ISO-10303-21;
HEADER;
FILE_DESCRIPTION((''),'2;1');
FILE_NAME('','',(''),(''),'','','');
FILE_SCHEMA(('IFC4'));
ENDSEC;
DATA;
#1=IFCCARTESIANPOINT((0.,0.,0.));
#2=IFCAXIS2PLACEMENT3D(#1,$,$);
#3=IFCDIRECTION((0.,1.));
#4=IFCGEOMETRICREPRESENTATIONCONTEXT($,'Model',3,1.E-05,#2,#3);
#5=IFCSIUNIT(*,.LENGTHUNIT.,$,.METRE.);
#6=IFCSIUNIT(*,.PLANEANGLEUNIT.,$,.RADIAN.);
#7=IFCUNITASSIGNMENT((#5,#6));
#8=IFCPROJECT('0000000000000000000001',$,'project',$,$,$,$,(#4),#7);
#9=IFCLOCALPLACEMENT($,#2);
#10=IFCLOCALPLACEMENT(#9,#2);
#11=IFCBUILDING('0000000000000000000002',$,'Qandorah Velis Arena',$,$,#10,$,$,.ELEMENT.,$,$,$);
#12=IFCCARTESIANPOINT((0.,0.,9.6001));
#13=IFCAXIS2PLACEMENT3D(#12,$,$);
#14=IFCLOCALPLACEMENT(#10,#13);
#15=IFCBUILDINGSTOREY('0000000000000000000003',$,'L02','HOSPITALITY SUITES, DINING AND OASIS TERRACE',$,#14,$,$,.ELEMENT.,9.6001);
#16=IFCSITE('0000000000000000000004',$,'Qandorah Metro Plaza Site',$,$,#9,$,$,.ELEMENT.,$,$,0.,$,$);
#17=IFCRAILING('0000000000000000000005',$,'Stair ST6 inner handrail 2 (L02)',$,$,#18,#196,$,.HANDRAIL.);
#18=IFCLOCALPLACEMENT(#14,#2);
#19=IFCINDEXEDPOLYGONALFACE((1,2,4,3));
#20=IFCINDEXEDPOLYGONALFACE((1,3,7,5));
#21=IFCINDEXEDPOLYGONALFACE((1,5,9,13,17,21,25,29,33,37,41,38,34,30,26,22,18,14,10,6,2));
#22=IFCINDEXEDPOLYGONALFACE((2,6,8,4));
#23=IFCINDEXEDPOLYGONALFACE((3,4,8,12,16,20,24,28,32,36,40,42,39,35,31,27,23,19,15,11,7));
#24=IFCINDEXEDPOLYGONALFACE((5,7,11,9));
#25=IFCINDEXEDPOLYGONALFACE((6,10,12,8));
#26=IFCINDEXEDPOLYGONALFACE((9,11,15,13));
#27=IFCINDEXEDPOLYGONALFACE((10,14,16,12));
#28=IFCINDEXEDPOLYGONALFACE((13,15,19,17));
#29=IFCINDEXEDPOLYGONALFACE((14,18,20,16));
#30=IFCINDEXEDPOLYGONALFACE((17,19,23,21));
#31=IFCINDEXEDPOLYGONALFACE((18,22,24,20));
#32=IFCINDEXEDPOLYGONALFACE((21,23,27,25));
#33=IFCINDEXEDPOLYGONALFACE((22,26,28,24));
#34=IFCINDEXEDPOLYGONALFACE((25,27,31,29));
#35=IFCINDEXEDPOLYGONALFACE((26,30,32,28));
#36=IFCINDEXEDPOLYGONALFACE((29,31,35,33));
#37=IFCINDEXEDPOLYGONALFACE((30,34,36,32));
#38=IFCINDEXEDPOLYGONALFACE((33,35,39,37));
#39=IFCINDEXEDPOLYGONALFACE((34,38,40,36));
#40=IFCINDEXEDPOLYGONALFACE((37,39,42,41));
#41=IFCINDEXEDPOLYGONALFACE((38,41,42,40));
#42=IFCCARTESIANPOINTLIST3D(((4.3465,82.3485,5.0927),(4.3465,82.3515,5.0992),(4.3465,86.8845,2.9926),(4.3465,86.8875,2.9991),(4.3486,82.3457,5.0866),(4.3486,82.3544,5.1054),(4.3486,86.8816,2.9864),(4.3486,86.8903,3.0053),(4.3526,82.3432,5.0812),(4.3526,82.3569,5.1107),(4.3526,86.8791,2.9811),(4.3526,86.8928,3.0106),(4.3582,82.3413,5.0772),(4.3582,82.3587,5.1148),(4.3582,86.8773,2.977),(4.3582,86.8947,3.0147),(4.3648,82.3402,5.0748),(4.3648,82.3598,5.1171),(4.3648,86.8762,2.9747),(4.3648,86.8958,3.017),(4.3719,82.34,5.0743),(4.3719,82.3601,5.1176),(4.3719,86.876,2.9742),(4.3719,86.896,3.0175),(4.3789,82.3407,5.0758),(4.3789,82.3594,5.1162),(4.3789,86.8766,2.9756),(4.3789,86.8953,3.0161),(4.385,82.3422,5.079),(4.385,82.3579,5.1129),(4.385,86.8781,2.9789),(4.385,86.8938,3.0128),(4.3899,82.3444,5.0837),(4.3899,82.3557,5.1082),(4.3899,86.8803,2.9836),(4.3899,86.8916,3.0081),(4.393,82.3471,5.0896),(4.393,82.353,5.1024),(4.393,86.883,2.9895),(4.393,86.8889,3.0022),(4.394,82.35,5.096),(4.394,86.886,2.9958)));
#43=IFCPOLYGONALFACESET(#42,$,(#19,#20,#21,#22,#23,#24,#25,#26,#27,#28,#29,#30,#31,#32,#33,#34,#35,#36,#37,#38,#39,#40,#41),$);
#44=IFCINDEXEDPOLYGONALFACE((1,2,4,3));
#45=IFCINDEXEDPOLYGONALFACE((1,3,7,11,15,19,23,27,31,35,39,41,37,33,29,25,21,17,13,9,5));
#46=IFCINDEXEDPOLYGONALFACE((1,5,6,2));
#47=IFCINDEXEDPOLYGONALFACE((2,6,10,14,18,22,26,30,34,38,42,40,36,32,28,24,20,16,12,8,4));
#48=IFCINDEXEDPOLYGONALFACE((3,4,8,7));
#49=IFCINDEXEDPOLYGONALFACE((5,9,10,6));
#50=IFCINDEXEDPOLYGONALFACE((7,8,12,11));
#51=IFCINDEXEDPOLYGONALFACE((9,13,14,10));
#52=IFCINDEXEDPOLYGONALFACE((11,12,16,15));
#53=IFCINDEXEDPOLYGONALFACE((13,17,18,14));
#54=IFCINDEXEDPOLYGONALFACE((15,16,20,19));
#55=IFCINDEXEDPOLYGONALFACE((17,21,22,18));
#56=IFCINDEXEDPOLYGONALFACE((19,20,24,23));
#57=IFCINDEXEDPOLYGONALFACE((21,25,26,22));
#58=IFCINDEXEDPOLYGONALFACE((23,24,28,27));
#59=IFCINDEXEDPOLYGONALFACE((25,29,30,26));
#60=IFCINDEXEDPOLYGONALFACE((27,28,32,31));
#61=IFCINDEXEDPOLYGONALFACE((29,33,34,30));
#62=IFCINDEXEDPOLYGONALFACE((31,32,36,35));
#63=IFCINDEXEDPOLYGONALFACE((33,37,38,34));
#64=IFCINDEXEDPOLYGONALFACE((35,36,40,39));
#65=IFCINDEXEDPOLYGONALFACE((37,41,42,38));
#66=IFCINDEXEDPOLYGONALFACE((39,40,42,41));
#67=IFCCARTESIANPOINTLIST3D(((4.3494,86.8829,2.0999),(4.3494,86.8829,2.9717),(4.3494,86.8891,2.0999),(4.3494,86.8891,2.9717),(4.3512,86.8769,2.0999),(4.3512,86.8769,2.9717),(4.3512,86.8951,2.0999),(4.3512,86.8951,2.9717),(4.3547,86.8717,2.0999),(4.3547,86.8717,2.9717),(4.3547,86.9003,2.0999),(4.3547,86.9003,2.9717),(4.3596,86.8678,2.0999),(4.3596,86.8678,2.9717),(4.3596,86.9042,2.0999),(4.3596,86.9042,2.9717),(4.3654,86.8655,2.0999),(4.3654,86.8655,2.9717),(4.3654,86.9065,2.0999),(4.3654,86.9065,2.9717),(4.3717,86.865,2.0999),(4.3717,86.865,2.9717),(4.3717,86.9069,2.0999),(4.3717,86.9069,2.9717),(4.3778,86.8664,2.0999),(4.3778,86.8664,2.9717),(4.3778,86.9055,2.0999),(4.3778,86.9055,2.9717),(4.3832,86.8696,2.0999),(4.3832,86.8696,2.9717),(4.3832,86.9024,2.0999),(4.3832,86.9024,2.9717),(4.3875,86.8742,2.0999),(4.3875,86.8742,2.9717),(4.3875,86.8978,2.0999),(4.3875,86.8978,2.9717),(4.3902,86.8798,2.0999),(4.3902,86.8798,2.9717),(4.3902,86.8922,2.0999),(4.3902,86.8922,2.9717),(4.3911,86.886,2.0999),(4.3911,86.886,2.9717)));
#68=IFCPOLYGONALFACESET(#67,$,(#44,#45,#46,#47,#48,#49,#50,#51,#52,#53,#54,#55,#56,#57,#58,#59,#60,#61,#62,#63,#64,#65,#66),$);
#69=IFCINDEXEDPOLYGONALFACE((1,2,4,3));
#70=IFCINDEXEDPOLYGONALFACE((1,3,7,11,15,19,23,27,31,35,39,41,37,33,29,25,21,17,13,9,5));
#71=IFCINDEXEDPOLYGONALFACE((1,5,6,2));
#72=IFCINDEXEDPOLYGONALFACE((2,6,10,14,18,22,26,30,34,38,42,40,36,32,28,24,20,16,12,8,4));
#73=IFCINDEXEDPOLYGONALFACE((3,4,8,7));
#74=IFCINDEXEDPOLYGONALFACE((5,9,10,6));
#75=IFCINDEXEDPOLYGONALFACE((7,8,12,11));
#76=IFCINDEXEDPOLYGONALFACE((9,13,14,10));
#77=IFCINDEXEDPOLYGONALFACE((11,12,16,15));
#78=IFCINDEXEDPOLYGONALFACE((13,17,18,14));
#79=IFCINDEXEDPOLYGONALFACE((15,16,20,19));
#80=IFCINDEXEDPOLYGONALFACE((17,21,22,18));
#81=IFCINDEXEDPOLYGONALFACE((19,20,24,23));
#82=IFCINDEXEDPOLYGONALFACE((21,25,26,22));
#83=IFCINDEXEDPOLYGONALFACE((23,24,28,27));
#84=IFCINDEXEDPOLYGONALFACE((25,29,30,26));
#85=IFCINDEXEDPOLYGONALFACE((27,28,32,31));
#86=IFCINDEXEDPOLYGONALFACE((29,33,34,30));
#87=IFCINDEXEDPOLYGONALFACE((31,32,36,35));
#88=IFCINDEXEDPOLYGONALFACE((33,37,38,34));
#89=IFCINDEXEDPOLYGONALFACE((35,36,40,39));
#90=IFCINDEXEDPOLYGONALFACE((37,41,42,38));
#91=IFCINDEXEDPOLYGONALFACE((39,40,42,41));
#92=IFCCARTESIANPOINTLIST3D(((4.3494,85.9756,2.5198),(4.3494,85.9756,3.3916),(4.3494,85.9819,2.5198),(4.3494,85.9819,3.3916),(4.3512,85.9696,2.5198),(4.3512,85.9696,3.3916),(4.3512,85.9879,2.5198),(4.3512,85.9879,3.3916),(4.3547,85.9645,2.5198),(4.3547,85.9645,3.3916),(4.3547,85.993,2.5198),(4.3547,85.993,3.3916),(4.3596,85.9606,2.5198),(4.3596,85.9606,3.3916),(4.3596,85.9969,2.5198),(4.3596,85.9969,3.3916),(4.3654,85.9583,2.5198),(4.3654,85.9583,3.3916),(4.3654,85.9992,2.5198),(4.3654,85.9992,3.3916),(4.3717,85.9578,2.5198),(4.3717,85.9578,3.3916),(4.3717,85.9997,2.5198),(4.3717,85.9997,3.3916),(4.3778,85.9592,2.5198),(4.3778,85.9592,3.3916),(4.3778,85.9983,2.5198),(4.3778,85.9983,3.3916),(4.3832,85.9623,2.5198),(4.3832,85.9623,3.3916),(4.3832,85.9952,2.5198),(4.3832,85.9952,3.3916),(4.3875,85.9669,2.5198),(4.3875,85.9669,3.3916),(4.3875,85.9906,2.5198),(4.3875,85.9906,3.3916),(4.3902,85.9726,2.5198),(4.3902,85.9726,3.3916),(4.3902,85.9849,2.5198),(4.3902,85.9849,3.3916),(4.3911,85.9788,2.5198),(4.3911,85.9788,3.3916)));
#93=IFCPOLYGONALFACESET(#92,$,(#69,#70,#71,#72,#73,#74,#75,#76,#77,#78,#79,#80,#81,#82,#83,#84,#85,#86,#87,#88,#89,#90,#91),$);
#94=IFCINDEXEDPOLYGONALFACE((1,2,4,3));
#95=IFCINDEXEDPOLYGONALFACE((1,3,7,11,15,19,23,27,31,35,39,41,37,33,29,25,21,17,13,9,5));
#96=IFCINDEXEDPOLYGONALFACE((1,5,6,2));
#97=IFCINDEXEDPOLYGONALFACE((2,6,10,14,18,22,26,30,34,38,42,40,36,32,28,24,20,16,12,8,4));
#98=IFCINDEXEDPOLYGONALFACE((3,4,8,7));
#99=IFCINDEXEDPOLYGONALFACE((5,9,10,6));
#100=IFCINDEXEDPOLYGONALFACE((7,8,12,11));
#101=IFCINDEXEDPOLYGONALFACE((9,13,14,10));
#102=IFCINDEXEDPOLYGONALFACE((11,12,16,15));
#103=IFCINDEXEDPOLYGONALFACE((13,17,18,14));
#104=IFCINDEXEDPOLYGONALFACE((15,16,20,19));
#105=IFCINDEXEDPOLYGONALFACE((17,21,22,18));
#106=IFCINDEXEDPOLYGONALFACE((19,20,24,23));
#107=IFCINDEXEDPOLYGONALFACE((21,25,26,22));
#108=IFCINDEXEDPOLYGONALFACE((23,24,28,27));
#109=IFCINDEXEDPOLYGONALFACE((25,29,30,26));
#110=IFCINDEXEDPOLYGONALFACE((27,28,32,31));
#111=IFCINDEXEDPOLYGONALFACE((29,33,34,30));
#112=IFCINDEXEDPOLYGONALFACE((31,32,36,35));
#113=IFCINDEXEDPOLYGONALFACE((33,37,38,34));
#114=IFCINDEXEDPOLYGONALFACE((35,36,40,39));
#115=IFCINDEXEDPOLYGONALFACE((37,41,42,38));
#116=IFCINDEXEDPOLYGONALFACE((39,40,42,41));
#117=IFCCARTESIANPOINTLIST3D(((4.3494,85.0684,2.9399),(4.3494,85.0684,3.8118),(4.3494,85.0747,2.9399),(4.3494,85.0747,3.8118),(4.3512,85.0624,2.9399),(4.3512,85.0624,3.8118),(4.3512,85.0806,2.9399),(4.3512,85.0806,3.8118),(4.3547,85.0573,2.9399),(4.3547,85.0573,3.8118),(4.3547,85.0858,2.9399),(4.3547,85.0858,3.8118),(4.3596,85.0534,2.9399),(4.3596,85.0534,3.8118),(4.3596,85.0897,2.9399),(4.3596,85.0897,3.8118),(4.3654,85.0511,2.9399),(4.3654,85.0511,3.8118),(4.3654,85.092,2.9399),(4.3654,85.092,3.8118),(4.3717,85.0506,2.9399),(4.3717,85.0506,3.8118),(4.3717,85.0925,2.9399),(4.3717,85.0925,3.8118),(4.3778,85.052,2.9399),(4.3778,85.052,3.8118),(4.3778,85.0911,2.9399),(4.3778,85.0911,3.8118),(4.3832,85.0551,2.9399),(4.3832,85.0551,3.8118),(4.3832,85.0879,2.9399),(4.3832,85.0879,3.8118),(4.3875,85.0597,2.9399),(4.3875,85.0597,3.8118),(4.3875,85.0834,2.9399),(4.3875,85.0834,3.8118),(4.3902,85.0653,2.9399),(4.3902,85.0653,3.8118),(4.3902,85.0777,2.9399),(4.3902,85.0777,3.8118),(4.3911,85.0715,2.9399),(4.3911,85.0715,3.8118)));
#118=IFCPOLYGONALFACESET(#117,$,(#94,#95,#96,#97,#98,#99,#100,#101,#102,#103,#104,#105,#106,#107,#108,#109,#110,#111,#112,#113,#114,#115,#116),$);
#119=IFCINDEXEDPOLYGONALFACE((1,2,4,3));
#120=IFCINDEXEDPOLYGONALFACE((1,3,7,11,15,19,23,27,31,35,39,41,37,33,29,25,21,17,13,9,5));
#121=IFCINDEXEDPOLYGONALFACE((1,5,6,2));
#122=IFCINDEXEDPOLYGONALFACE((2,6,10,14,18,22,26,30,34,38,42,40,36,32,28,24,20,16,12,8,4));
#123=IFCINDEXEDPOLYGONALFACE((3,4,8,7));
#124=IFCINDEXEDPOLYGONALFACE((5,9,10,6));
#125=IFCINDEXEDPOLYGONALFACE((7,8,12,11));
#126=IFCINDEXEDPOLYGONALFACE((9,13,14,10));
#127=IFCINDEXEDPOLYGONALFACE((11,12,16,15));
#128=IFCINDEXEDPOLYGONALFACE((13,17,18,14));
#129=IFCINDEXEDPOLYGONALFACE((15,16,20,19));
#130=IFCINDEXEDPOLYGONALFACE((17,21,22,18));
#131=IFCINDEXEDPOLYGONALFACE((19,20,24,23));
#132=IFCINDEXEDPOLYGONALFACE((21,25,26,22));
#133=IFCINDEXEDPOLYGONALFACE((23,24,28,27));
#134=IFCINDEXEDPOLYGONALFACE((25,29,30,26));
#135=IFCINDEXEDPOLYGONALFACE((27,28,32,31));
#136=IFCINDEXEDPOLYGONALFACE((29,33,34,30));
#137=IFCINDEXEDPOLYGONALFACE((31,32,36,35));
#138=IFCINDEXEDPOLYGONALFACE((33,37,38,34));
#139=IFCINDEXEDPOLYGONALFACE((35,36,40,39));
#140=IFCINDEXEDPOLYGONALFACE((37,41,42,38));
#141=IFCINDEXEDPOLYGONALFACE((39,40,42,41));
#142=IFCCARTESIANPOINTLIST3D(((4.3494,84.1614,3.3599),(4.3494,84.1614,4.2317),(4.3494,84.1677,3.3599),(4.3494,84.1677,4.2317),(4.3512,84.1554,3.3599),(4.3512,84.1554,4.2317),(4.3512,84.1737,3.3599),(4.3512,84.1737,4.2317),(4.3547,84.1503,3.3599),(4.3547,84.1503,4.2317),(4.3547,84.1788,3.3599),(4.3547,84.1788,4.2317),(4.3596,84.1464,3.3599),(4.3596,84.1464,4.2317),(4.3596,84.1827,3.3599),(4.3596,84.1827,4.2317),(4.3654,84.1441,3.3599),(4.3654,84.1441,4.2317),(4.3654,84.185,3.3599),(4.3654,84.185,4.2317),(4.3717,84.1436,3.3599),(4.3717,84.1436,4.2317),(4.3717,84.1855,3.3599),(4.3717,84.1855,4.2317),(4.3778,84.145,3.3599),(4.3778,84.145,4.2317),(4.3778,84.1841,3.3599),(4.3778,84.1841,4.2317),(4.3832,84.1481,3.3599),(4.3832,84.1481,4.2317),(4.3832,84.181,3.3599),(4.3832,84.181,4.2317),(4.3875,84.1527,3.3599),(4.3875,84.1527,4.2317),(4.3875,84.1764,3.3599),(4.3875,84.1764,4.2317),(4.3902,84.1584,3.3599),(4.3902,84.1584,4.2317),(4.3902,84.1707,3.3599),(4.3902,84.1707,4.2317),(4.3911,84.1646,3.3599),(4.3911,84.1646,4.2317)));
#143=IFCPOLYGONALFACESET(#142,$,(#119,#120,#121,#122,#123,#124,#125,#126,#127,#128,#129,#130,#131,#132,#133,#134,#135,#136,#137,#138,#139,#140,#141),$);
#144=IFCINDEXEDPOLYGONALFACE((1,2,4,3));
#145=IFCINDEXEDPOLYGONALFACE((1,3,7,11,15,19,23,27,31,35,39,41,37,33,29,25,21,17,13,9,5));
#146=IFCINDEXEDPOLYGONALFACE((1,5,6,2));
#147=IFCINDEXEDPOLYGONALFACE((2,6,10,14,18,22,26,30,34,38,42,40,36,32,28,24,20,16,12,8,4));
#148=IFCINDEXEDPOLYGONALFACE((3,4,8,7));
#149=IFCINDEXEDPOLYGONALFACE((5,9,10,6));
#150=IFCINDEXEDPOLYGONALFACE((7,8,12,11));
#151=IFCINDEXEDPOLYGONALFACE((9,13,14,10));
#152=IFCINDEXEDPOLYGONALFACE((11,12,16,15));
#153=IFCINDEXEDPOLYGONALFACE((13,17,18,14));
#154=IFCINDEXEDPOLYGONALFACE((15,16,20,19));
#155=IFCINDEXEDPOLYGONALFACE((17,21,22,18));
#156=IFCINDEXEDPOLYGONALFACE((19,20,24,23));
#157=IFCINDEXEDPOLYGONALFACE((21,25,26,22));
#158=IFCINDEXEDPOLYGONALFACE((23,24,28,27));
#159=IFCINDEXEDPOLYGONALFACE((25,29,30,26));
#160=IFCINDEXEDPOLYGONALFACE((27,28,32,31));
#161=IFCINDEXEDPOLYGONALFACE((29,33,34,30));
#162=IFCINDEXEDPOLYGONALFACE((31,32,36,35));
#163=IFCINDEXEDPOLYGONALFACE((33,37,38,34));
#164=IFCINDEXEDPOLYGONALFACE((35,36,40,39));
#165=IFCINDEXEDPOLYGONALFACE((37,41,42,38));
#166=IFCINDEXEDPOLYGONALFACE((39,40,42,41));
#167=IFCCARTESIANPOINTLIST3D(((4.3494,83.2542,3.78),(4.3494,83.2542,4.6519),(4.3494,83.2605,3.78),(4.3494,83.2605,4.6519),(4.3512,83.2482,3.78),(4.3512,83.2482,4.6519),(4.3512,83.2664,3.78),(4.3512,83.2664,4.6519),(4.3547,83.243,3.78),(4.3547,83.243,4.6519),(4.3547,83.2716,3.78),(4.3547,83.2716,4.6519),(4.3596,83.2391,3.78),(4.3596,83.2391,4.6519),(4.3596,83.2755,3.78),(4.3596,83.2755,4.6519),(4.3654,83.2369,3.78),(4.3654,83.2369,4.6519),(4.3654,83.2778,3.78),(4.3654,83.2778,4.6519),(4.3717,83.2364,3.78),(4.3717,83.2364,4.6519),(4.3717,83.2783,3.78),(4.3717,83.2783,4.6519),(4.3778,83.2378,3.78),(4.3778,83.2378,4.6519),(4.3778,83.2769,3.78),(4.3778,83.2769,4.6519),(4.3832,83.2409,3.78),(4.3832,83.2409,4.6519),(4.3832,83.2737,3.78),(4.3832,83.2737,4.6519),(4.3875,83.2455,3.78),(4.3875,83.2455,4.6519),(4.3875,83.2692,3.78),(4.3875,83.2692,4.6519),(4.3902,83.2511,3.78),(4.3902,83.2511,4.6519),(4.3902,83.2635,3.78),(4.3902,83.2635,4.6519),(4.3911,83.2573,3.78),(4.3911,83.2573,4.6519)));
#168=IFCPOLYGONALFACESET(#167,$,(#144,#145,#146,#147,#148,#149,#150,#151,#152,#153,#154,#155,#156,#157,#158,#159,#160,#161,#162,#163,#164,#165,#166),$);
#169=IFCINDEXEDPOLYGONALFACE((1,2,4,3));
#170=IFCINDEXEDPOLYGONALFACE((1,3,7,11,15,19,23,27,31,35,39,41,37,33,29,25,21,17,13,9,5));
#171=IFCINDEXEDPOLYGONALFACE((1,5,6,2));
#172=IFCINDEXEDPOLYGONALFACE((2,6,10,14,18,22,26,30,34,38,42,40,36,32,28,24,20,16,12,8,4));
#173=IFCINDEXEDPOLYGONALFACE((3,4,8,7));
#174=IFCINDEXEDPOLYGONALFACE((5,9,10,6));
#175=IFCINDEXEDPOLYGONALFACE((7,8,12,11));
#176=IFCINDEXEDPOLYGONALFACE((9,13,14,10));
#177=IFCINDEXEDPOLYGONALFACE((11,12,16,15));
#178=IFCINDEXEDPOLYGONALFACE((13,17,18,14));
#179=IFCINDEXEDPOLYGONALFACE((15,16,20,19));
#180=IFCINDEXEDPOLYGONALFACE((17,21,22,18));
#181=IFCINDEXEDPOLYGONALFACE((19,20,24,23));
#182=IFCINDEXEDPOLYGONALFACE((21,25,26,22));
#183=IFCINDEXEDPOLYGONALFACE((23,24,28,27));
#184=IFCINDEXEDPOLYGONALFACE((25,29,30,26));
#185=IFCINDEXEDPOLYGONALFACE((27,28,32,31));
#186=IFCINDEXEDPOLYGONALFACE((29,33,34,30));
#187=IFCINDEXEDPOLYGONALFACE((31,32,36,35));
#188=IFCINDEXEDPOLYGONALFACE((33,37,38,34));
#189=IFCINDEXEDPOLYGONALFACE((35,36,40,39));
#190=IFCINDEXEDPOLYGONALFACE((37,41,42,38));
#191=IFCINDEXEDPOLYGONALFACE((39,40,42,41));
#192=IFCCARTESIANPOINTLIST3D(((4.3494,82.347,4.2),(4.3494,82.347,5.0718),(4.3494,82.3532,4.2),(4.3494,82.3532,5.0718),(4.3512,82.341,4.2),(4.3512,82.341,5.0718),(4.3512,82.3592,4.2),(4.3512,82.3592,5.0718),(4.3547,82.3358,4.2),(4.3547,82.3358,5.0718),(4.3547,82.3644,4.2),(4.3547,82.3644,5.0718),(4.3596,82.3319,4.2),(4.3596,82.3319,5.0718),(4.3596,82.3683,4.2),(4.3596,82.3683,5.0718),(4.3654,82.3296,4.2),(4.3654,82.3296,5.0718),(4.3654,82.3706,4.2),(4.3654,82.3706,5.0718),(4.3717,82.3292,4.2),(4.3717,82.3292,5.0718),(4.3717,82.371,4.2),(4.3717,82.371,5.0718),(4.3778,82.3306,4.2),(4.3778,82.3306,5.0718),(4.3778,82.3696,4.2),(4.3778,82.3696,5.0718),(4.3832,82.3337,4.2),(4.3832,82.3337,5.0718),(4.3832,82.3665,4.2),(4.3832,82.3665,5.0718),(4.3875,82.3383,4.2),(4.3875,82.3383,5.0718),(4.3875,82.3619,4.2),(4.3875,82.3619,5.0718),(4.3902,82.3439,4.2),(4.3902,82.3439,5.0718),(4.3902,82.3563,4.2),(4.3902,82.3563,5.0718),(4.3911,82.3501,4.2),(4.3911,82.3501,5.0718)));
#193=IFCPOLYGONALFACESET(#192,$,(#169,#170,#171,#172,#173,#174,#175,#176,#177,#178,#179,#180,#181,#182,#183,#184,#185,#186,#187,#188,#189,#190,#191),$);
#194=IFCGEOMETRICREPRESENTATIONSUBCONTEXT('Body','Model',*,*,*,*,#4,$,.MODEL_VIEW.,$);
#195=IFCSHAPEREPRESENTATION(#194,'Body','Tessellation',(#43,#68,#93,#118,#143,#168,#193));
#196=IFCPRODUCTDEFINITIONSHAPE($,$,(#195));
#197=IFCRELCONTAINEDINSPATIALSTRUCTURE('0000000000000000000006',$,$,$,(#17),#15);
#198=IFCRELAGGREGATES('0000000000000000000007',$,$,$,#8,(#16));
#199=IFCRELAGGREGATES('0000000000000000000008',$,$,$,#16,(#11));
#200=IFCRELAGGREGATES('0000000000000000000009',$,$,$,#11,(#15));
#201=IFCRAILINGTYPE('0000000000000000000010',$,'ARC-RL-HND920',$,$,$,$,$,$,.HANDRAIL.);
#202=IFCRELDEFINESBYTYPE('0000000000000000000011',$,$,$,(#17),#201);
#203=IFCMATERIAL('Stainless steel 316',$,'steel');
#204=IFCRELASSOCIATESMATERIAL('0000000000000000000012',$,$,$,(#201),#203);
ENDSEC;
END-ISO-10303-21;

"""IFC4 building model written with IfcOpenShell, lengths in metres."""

from ifc_helpers import new_model, si_unit, direction, frame, origin, origin_2d, place, context, subcontext, project, spatial, circle, extrude, material, type_object, element, save


model = new_model("IFC4")

# Units and contexts
model_context = context("Model", 3, precision=1e-05, world=origin(), true_north=direction((0.0, 1.0)))
body_context = subcontext(model_context, "Body", "Model", "MODEL_VIEW")
ifc_project = project(units=[si_unit("LENGTHUNIT", "METRE"), si_unit("PLANEANGLEUNIT", "RADIAN")], contexts=[model_context])

# Site, building, storey
site_placement = place(None, origin())
site = spatial("IfcSite", under=ifc_project, at=site_placement, Name="Qandorah Metro Plaza Site", CompositionType="ELEMENT", RefElevation=0.0)
building_placement = place(site_placement, origin())
building = spatial("IfcBuilding", under=site, at=building_placement, Name="Qandorah Velis Arena", CompositionType="ELEMENT")
storey_placement = place(building_placement, frame((0.0, 0.0, 9.6001)))
storey = spatial("IfcBuildingStorey", under=building, at=storey_placement, Name="L02", Description="HOSPITALITY SUITES, DINING AND OASIS TERRACE", CompositionType="ELEMENT", Elevation=9.6001)

# Railing
ifc_material_1 = material(Name="Stainless steel 316", Category="steel")
railing_type_1 = type_object("IfcRailingType", Name="ARC-RL-HND920", PredefinedType="HANDRAIL", material=ifc_material_1)
railing_1_placement = place(storey_placement, frame((4.3701, 86.886, 2.0999)))
element("IfcRailing", 1, at=railing_1_placement, inside=storey, type_object=railing_type_1, Name="Stair ST6 inner handrail 2 (L02)", PredefinedType="HANDRAIL", context=body_context, shape_type="SweptSolid", body=[
    extrude(circle(Radius=0.0239, at=origin_2d()), frame((0.0, 0.0, 0.896), z_axis=(0.0, -0.907456, 0.420148), x_axis=(1.0, 0.0, 0.0)), (0.0, 0.0, 1.0), 4.9985),
    extrude(circle(Radius=0.021, at=origin_2d()), origin(), (0.0, 0.0, 1.0), 0.8718),
    extrude(circle(Radius=0.021, at=origin_2d()), frame((0.0, -0.9072, 0.4199)), (0.0, 0.0, 1.0), 0.8718),
    extrude(circle(Radius=0.021, at=origin_2d()), frame((0.0, -1.8145, 0.8401)), (0.0, 0.0, 1.0), 0.8718),
    extrude(circle(Radius=0.021, at=origin_2d()), frame((0.0, -2.7214, 1.26)), (0.0, 0.0, 1.0), 0.8718),
    extrude(circle(Radius=0.021, at=origin_2d()), frame((0.0, -3.6287, 1.6802)), (0.0, 0.0, 1.0), 0.8718),
    extrude(circle(Radius=0.021, at=origin_2d()), frame((0.0, -4.5359, 2.1001)), (0.0, 0.0, 1.0), 0.8718),
])

save(model, "model.ifc")
